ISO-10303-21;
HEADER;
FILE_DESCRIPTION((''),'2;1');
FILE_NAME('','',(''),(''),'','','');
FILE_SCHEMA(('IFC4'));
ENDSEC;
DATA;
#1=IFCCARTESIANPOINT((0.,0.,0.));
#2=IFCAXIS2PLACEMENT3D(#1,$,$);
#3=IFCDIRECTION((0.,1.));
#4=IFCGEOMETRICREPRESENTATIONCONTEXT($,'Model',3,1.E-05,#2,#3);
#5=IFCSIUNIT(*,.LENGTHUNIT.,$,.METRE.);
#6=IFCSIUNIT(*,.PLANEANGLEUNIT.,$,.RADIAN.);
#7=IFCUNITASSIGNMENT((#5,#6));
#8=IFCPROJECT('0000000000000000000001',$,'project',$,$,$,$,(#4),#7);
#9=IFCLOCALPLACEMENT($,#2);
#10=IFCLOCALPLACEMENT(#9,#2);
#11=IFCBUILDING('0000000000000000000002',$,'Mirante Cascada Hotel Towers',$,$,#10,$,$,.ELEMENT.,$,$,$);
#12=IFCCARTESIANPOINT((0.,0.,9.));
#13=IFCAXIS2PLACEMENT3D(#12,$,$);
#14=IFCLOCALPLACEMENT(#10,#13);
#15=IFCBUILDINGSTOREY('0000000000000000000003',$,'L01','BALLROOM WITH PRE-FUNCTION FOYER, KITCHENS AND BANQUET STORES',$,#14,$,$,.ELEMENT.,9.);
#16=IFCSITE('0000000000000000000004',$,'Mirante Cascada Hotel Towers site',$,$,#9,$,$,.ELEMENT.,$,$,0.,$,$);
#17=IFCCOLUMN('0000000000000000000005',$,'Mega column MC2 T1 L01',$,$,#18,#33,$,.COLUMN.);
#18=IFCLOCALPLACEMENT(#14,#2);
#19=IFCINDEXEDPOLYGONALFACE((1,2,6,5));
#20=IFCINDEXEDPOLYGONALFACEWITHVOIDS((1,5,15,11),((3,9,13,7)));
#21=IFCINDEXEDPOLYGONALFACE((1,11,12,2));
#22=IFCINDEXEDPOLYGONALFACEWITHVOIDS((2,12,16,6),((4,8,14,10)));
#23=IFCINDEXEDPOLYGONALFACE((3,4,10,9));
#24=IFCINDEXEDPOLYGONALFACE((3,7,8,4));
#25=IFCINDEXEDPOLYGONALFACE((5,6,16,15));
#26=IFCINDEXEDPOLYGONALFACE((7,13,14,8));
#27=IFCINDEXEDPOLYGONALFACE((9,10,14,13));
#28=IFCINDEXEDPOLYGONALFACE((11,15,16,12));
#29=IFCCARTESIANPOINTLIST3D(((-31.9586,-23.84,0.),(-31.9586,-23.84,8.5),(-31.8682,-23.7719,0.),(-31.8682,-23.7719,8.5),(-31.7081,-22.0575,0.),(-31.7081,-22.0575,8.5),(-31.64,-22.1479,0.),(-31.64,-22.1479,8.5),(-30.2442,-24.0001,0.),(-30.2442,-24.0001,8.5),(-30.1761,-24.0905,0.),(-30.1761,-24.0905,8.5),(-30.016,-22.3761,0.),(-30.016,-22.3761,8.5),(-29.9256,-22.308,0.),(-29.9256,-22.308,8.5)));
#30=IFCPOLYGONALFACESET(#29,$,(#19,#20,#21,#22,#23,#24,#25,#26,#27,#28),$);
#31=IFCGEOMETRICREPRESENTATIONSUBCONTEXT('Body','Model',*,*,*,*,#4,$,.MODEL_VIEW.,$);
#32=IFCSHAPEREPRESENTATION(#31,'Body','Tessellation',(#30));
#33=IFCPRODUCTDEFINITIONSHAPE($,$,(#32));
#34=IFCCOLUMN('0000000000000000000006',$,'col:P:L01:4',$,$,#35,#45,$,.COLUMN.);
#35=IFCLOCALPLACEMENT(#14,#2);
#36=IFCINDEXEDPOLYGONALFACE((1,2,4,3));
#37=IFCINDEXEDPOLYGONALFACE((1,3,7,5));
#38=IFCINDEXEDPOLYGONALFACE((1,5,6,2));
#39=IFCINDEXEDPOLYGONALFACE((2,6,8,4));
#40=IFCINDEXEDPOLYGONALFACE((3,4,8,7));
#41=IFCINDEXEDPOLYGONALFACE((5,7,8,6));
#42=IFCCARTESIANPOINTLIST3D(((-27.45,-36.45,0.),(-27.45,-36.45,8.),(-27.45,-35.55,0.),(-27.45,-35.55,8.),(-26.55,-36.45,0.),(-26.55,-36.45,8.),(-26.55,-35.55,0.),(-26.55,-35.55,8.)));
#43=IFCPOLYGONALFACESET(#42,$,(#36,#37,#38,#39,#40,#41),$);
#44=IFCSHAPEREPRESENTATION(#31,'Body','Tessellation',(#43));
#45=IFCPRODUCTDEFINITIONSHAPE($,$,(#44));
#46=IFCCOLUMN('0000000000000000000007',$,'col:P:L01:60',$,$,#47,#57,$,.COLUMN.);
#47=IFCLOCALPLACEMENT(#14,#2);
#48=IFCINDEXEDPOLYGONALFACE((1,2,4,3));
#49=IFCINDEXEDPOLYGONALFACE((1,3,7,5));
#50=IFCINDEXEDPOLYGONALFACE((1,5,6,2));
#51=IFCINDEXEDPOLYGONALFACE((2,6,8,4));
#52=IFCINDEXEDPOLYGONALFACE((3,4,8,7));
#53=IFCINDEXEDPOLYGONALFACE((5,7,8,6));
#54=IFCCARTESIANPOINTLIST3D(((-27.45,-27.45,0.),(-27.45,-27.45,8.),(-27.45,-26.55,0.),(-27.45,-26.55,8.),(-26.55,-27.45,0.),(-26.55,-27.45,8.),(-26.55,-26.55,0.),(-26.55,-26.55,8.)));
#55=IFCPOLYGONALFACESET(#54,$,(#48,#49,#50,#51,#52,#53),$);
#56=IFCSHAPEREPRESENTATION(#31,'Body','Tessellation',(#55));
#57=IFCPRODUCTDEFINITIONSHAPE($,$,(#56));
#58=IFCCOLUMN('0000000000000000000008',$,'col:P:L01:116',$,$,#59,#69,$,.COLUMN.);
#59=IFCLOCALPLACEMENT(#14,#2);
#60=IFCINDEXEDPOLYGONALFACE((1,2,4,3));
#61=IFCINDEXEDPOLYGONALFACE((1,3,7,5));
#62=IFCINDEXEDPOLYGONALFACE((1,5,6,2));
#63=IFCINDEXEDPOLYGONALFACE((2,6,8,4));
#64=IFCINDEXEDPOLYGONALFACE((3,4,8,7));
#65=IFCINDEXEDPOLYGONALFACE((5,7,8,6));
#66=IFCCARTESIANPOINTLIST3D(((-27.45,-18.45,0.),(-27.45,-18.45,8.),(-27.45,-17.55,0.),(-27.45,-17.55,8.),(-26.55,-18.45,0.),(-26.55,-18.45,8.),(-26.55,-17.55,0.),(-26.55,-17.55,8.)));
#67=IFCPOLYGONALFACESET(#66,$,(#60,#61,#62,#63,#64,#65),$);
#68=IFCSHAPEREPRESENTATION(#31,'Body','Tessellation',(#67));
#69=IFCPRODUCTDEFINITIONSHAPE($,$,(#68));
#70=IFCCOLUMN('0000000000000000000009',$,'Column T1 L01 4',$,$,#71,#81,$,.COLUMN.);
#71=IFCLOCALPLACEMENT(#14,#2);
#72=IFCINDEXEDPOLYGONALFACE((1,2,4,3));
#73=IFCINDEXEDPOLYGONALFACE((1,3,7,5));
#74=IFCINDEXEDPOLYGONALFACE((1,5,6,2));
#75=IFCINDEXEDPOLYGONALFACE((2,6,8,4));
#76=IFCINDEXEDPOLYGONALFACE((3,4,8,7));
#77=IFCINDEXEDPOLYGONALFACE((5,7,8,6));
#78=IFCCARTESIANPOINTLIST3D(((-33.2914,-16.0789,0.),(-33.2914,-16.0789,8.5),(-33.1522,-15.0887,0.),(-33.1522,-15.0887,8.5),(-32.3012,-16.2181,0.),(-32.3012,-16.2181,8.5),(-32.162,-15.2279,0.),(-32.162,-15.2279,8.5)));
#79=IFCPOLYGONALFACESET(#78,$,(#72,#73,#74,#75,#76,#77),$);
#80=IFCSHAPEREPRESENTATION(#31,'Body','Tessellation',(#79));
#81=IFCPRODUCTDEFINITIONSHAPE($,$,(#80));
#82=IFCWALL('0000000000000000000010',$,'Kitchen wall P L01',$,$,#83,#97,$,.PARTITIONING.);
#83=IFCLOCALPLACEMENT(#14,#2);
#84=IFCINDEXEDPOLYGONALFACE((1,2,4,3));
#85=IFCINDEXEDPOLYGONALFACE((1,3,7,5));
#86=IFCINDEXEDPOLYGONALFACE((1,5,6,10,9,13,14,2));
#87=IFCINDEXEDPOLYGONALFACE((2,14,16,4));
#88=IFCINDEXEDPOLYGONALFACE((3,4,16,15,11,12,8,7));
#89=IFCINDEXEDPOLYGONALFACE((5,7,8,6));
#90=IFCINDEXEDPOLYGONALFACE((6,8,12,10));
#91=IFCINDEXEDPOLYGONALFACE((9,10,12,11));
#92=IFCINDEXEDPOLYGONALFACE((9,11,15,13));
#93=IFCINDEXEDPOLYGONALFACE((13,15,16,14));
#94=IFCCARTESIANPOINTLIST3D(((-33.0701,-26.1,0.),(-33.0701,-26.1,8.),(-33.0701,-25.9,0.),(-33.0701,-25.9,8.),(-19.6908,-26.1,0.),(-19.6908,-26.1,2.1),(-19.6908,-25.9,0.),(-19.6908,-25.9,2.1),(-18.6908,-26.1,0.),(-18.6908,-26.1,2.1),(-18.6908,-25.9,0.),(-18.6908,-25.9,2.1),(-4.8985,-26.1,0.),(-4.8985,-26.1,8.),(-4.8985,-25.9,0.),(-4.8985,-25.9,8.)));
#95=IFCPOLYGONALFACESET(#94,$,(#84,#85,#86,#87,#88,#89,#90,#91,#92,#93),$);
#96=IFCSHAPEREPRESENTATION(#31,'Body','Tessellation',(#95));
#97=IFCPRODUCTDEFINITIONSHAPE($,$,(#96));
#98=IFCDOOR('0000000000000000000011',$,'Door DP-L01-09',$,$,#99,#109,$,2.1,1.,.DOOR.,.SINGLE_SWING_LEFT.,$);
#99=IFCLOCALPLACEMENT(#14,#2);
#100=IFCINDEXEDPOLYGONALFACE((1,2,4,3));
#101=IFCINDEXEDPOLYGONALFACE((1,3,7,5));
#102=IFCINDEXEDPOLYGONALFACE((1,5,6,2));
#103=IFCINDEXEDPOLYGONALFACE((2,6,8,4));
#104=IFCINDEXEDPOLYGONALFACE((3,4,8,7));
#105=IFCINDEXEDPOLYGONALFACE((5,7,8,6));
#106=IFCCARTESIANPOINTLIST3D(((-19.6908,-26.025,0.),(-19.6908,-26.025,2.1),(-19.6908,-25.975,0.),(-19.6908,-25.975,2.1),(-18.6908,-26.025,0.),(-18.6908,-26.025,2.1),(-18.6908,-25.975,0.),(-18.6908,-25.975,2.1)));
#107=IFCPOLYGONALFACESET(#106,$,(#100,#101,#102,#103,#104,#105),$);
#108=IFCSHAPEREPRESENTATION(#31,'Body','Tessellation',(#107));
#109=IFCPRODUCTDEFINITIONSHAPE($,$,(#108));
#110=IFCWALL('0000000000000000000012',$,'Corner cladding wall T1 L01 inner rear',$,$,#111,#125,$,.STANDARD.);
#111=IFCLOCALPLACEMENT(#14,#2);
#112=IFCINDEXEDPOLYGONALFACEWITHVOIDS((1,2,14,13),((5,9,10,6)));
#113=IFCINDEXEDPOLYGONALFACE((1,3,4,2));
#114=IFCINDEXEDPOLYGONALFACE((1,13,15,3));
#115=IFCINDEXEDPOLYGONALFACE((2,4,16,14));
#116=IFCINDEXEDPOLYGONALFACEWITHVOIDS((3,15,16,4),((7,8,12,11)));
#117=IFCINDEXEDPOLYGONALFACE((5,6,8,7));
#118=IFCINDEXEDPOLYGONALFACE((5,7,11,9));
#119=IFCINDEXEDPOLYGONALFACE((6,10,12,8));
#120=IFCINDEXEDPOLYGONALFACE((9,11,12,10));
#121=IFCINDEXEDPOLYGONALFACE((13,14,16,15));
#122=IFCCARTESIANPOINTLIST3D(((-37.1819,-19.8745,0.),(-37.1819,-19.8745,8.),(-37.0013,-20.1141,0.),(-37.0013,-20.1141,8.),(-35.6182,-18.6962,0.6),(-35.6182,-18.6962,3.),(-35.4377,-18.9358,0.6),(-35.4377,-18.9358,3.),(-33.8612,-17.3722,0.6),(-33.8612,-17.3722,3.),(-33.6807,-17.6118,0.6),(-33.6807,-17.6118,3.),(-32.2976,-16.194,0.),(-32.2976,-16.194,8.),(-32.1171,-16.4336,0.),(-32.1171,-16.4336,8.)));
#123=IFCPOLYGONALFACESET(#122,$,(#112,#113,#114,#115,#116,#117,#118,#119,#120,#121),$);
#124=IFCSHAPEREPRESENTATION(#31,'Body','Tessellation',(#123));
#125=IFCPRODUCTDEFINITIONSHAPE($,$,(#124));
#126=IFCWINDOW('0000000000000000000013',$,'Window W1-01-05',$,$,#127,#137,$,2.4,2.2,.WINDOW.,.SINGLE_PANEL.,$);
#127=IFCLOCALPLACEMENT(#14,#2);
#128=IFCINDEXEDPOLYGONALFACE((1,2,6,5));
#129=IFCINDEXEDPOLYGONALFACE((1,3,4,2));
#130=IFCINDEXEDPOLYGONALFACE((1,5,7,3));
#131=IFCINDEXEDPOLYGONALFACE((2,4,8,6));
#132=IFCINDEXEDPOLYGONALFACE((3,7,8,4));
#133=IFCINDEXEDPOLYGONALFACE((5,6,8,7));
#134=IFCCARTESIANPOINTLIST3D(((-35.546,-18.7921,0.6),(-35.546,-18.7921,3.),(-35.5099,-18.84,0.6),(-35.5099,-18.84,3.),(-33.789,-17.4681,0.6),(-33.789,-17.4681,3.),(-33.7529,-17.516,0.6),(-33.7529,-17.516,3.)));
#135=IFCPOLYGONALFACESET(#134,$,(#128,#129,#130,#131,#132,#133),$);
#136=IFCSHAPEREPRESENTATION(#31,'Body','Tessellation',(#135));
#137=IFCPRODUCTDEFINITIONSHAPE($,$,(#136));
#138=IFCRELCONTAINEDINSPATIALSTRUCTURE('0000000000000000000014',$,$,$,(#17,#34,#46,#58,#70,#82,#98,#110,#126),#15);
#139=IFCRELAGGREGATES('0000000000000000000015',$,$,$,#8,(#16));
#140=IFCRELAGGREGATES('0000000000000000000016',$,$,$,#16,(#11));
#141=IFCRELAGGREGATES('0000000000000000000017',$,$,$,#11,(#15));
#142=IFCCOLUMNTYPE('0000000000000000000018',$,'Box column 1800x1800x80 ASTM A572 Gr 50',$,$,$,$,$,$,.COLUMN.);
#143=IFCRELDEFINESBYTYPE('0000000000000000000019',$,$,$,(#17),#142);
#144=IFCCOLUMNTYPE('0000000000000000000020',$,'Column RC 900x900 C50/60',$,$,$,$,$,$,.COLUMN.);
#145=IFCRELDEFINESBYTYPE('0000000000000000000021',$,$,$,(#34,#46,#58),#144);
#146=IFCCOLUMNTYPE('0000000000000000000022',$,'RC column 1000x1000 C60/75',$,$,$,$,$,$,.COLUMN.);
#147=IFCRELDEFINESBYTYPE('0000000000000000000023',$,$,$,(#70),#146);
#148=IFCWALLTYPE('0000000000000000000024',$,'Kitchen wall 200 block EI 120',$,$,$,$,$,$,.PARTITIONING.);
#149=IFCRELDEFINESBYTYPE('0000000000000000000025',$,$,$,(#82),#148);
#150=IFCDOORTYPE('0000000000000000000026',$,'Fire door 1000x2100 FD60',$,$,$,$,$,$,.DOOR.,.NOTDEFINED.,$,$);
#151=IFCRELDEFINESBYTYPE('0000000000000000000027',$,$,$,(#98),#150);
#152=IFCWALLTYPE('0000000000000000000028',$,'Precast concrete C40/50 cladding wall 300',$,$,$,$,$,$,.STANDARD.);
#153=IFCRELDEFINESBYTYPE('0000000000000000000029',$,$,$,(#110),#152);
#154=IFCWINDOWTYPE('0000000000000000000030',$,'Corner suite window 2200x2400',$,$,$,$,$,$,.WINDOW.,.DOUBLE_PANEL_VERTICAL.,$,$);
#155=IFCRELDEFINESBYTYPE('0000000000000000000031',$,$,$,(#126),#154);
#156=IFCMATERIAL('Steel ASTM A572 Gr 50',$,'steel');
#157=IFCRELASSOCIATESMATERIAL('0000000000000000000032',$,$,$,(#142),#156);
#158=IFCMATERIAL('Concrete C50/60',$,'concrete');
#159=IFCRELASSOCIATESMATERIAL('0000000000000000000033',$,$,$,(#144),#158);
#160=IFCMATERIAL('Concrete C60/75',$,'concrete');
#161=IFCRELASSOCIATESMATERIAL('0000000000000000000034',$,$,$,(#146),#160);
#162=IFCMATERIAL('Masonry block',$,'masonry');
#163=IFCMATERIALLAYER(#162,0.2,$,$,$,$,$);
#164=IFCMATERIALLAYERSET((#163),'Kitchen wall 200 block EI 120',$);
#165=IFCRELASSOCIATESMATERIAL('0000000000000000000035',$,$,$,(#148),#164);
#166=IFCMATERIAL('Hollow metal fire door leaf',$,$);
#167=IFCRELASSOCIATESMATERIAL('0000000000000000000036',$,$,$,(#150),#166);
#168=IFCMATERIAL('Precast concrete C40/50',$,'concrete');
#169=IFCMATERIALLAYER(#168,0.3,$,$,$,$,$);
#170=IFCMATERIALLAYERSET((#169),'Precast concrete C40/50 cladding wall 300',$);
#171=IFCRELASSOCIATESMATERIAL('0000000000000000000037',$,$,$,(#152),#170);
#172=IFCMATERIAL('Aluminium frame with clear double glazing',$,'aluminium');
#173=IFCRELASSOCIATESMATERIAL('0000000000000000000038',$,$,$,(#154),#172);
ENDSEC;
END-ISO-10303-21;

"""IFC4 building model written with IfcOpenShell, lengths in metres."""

from ifc_helpers import new_model, si_unit, direction, frame, frame_2d, origin, origin_2d, place, context, subcontext, project, spatial, rectangle, hollow_rectangle, extrude, material, layer, layer_set, material_profile, profile_set, type_object, element, fill, save


model = new_model("IFC4")

# Units and contexts
model_context = context("Model", 3, precision=1e-05, world=origin(), true_north=direction((0.0, 1.0)))
body_context = subcontext(model_context, "Body", "Model", "MODEL_VIEW")
ifc_project = project(units=[si_unit("LENGTHUNIT", "METRE"), si_unit("PLANEANGLEUNIT", "RADIAN")], contexts=[model_context])

# Site, building, storey
site_placement = place(None, origin())
site = spatial("IfcSite", under=ifc_project, at=site_placement, Name="Mirante Cascada Hotel Towers site", CompositionType="ELEMENT", RefElevation=0.0)
building_placement = place(site_placement, origin())
building = spatial("IfcBuilding", under=site, at=building_placement, Name="Mirante Cascada Hotel Towers", CompositionType="ELEMENT")
storey_placement = place(building_placement, frame((0.0, 0.0, 9.0)))
storey = spatial("IfcBuildingStorey", under=building, at=storey_placement, Name="L01", Description="BALLROOM WITH PRE-FUNCTION FOYER, KITCHENS AND BANQUET STORES", CompositionType="ELEMENT", Elevation=9.0)

# Columns
ifc_material_1 = material(Name="Steel ASTM A572 Gr 50", Category="steel")
ifc_material_profile_1 = material_profile(ifc_material_1, hollow_rectangle(XDim=1.8, YDim=1.8, WallThickness=0.08, at=origin_2d()), Name="Box column 1800x1800x80 ASTM A572 Gr 50")
ifc_profile_set_1 = profile_set([ifc_material_profile_1], Name="Steel ASTM A572 Gr 50")
column_type_1 = type_object("IfcColumnType", Name="Box column 1800x1800x80 ASTM A572 Gr 50", PredefinedType="COLUMN", material=ifc_profile_set_1)
column_1_placement = place(storey_placement, frame((-30.9421, -23.074, 0.0), z_axis=(0.0, 0.0, 1.0), x_axis=(-0.990268, 0.139173, 0.0)))
element("IfcColumn", 1, at=column_1_placement, inside=storey, type_object=column_type_1, Name="Mega column MC2 T1 L01", PredefinedType="COLUMN", context=body_context, shape_type="SweptSolid", body=[
    extrude(hollow_rectangle(XDim=1.8, YDim=1.8, WallThickness=0.08, at=origin_2d()), origin(), (0.0, 0.0, 1.0), 8.5),
])
ifc_material_2 = material(Name="Concrete C50/60", Category="concrete")
ifc_material_profile_2 = material_profile(ifc_material_2, rectangle(XDim=0.9, YDim=0.9, at=origin_2d()), Name="RC 900x900")
ifc_profile_set_2 = profile_set([ifc_material_profile_2], Name="Concrete C50/60")
column_type_2 = type_object("IfcColumnType", Name="Column RC 900x900 C50/60", PredefinedType="COLUMN", material=ifc_profile_set_2)
for number, where, z_axis, x_axis, name in (
    (2, (-27.0, -36.0, 0.0), (0.0, 0.0, 1.0), (1.0, 0.0, 0.0), "col:P:L01:4"),
    (3, (-27.0, -27.0, 0.0), (0.0, 0.0, 1.0), (1.0, 0.0, 0.0), "col:P:L01:60"),
    (4, (-27.0, -18.0, 0.0), (0.0, 0.0, 1.0), (1.0, 0.0, 0.0), "col:P:L01:116"),
):
    element("IfcColumn", number, at=place(storey_placement, frame(where, z_axis=z_axis, x_axis=x_axis)), inside=storey, type_object=column_type_2, Name=name, PredefinedType="COLUMN", context=body_context, shape_type="SweptSolid", body=[
        extrude(rectangle(XDim=0.9, YDim=0.9, at=origin_2d()), origin(), (0.0, 0.0, 1.0), 8.0),
    ])
ifc_material_3 = material(Name="Concrete C60/75", Category="concrete")
ifc_material_profile_3 = material_profile(ifc_material_3, rectangle(XDim=1.0, YDim=1.0, at=origin_2d()), Name="RC column 1000x1000 C60/75")
ifc_profile_set_3 = profile_set([ifc_material_profile_3], Name="Concrete C60/75")
column_type_3 = type_object("IfcColumnType", Name="RC column 1000x1000 C60/75", PredefinedType="COLUMN", material=ifc_profile_set_3)
column_2_placement = place(storey_placement, frame((-32.7267, -15.6534, 0.0), z_axis=(0.0, 0.0, 1.0), x_axis=(-0.990268, 0.139173, 0.0)))
element("IfcColumn", 5, at=column_2_placement, inside=storey, type_object=column_type_3, Name="Column T1 L01 4", PredefinedType="COLUMN", context=body_context, shape_type="SweptSolid", body=[
    extrude(rectangle(XDim=1.0, YDim=1.0, at=origin_2d()), origin(), (0.0, 0.0, 1.0), 8.5),
])

# Wall, opening, door
ifc_material_4 = material(Name="Masonry block", Category="masonry")
ifc_layer_1 = layer(ifc_material_4, 0.2)
ifc_layer_set_1 = layer_set([ifc_layer_1], Name="Kitchen wall 200 block EI 120")
wall_type_1 = type_object("IfcWallType", Name="Kitchen wall 200 block EI 120", PredefinedType="PARTITIONING", material=ifc_layer_set_1)
wall_1_placement = place(storey_placement, frame((-33.0701, -26.0, 0.0), z_axis=(0.0, 0.0, 1.0), x_axis=(1.0, 0.0, 0.0)))
wall_1 = element("IfcWall", 6, at=wall_1_placement, inside=storey, type_object=wall_type_1, Name="Kitchen wall P L01", PredefinedType="PARTITIONING", context=body_context, shape_type="SweptSolid", body=[
    extrude(rectangle(XDim=28.1716, YDim=0.2, at=frame_2d((14.0858, 0.0))), origin(), (0.0, 0.0, 1.0), 8.0),
])
opening_1_placement = place(wall_1_placement, frame((13.3793, 0.0, 0.0)))
opening_1 = element("IfcOpeningElement", 7, at=opening_1_placement, cuts=wall_1, PredefinedType="OPENING", context=body_context, shape_type="SweptSolid", body=[
    extrude(rectangle(XDim=1.0, YDim=2.1, at=frame_2d((0.5, 1.05))), frame((0.0, 0.1, 0.0), z_axis=(0.0, -1.0, 0.0), x_axis=(1.0, 0.0, 0.0)), (0.0, 0.0, 1.0), 0.2),
])
ifc_material_5 = material(Name="Hollow metal fire door leaf")
door_type = type_object("IfcDoorType", Name="Fire door 1000x2100 FD60", OperationType="NOTDEFINED", PredefinedType="DOOR", material=ifc_material_5)
door_1_placement = place(opening_1_placement, frame((1.0, 0.0, 0.0), z_axis=(0.0, 0.0, 1.0), x_axis=(-1.0, 0.0, 0.0)))
door_1 = element("IfcDoor", 8, at=door_1_placement, inside=storey, type_object=door_type, Name="Door DP-L01-09", OperationType="SINGLE_SWING_LEFT", OverallHeight=2.1, OverallWidth=1.0, PredefinedType="DOOR", context=body_context, shape_type="SweptSolid", body=[
    extrude(rectangle(XDim=1.0, YDim=2.1, at=frame_2d((0.5, 1.05))), frame((0.0, 0.025, 0.0), z_axis=(0.0, -1.0, 0.0), x_axis=(1.0, 0.0, 0.0)), (0.0, 0.0, 1.0), 0.05),
])
fill(opening_1, door_1)

# Wall, opening, window
ifc_material_6 = material(Name="Precast concrete C40/50", Category="concrete")
ifc_layer_2 = layer(ifc_material_6, 0.3)
ifc_layer_set_2 = layer_set([ifc_layer_2], Name="Precast concrete C40/50 cladding wall 300")
wall_type_2 = type_object("IfcWallType", Name="Precast concrete C40/50 cladding wall 300", PredefinedType="STANDARD", material=ifc_layer_set_2)
wall_2_placement = place(storey_placement, frame((-32.2074, -16.3138, 0.0), z_axis=(0.0, 0.0, 1.0), x_axis=(-0.798636, -0.601814, 0.0)))
wall_2 = element("IfcWall", 9, at=wall_2_placement, inside=storey, type_object=wall_type_2, Name="Corner cladding wall T1 L01 inner rear", PredefinedType="STANDARD", context=body_context, shape_type="SweptSolid", body=[
    extrude(rectangle(XDim=6.1157, YDim=0.3, at=frame_2d((3.0578, 0.0))), origin(), (0.0, 0.0, 1.0), 8.0),
])
opening_2_placement = place(wall_2_placement, frame((1.9578, 0.0, 0.6)))
opening_2 = element("IfcOpeningElement", 10, at=opening_2_placement, cuts=wall_2, PredefinedType="OPENING", context=body_context, shape_type="SweptSolid", body=[
    extrude(rectangle(XDim=2.2, YDim=2.4, at=frame_2d((1.1, 1.2))), frame((0.0, 0.15, 0.0), z_axis=(0.0, -1.0, 0.0), x_axis=(1.0, 0.0, 0.0)), (0.0, 0.0, 1.0), 0.3),
])
ifc_material_7 = material(Name="Aluminium frame with clear double glazing", Category="aluminium")
window_type_1 = type_object("IfcWindowType", Name="Corner suite window 2200x2400", PartitioningType="DOUBLE_PANEL_VERTICAL", PredefinedType="WINDOW", material=ifc_material_7)
window_1_placement = place(opening_2_placement, origin())
window_1 = element("IfcWindow", 11, at=window_1_placement, inside=storey, type_object=window_type_1, Name="Window W1-01-05", OverallHeight=2.4, OverallWidth=2.2, PartitioningType="SINGLE_PANEL", PredefinedType="WINDOW", context=body_context, shape_type="SweptSolid", body=[
    extrude(rectangle(XDim=2.2, YDim=2.4, at=frame_2d((1.1, 1.2))), frame((0.0, 0.03, 0.0), z_axis=(0.0, -1.0, 0.0), x_axis=(1.0, 0.0, 0.0)), (0.0, 0.0, 1.0), 0.06),
])
fill(opening_2, window_1)

save(model, "model.ifc")
